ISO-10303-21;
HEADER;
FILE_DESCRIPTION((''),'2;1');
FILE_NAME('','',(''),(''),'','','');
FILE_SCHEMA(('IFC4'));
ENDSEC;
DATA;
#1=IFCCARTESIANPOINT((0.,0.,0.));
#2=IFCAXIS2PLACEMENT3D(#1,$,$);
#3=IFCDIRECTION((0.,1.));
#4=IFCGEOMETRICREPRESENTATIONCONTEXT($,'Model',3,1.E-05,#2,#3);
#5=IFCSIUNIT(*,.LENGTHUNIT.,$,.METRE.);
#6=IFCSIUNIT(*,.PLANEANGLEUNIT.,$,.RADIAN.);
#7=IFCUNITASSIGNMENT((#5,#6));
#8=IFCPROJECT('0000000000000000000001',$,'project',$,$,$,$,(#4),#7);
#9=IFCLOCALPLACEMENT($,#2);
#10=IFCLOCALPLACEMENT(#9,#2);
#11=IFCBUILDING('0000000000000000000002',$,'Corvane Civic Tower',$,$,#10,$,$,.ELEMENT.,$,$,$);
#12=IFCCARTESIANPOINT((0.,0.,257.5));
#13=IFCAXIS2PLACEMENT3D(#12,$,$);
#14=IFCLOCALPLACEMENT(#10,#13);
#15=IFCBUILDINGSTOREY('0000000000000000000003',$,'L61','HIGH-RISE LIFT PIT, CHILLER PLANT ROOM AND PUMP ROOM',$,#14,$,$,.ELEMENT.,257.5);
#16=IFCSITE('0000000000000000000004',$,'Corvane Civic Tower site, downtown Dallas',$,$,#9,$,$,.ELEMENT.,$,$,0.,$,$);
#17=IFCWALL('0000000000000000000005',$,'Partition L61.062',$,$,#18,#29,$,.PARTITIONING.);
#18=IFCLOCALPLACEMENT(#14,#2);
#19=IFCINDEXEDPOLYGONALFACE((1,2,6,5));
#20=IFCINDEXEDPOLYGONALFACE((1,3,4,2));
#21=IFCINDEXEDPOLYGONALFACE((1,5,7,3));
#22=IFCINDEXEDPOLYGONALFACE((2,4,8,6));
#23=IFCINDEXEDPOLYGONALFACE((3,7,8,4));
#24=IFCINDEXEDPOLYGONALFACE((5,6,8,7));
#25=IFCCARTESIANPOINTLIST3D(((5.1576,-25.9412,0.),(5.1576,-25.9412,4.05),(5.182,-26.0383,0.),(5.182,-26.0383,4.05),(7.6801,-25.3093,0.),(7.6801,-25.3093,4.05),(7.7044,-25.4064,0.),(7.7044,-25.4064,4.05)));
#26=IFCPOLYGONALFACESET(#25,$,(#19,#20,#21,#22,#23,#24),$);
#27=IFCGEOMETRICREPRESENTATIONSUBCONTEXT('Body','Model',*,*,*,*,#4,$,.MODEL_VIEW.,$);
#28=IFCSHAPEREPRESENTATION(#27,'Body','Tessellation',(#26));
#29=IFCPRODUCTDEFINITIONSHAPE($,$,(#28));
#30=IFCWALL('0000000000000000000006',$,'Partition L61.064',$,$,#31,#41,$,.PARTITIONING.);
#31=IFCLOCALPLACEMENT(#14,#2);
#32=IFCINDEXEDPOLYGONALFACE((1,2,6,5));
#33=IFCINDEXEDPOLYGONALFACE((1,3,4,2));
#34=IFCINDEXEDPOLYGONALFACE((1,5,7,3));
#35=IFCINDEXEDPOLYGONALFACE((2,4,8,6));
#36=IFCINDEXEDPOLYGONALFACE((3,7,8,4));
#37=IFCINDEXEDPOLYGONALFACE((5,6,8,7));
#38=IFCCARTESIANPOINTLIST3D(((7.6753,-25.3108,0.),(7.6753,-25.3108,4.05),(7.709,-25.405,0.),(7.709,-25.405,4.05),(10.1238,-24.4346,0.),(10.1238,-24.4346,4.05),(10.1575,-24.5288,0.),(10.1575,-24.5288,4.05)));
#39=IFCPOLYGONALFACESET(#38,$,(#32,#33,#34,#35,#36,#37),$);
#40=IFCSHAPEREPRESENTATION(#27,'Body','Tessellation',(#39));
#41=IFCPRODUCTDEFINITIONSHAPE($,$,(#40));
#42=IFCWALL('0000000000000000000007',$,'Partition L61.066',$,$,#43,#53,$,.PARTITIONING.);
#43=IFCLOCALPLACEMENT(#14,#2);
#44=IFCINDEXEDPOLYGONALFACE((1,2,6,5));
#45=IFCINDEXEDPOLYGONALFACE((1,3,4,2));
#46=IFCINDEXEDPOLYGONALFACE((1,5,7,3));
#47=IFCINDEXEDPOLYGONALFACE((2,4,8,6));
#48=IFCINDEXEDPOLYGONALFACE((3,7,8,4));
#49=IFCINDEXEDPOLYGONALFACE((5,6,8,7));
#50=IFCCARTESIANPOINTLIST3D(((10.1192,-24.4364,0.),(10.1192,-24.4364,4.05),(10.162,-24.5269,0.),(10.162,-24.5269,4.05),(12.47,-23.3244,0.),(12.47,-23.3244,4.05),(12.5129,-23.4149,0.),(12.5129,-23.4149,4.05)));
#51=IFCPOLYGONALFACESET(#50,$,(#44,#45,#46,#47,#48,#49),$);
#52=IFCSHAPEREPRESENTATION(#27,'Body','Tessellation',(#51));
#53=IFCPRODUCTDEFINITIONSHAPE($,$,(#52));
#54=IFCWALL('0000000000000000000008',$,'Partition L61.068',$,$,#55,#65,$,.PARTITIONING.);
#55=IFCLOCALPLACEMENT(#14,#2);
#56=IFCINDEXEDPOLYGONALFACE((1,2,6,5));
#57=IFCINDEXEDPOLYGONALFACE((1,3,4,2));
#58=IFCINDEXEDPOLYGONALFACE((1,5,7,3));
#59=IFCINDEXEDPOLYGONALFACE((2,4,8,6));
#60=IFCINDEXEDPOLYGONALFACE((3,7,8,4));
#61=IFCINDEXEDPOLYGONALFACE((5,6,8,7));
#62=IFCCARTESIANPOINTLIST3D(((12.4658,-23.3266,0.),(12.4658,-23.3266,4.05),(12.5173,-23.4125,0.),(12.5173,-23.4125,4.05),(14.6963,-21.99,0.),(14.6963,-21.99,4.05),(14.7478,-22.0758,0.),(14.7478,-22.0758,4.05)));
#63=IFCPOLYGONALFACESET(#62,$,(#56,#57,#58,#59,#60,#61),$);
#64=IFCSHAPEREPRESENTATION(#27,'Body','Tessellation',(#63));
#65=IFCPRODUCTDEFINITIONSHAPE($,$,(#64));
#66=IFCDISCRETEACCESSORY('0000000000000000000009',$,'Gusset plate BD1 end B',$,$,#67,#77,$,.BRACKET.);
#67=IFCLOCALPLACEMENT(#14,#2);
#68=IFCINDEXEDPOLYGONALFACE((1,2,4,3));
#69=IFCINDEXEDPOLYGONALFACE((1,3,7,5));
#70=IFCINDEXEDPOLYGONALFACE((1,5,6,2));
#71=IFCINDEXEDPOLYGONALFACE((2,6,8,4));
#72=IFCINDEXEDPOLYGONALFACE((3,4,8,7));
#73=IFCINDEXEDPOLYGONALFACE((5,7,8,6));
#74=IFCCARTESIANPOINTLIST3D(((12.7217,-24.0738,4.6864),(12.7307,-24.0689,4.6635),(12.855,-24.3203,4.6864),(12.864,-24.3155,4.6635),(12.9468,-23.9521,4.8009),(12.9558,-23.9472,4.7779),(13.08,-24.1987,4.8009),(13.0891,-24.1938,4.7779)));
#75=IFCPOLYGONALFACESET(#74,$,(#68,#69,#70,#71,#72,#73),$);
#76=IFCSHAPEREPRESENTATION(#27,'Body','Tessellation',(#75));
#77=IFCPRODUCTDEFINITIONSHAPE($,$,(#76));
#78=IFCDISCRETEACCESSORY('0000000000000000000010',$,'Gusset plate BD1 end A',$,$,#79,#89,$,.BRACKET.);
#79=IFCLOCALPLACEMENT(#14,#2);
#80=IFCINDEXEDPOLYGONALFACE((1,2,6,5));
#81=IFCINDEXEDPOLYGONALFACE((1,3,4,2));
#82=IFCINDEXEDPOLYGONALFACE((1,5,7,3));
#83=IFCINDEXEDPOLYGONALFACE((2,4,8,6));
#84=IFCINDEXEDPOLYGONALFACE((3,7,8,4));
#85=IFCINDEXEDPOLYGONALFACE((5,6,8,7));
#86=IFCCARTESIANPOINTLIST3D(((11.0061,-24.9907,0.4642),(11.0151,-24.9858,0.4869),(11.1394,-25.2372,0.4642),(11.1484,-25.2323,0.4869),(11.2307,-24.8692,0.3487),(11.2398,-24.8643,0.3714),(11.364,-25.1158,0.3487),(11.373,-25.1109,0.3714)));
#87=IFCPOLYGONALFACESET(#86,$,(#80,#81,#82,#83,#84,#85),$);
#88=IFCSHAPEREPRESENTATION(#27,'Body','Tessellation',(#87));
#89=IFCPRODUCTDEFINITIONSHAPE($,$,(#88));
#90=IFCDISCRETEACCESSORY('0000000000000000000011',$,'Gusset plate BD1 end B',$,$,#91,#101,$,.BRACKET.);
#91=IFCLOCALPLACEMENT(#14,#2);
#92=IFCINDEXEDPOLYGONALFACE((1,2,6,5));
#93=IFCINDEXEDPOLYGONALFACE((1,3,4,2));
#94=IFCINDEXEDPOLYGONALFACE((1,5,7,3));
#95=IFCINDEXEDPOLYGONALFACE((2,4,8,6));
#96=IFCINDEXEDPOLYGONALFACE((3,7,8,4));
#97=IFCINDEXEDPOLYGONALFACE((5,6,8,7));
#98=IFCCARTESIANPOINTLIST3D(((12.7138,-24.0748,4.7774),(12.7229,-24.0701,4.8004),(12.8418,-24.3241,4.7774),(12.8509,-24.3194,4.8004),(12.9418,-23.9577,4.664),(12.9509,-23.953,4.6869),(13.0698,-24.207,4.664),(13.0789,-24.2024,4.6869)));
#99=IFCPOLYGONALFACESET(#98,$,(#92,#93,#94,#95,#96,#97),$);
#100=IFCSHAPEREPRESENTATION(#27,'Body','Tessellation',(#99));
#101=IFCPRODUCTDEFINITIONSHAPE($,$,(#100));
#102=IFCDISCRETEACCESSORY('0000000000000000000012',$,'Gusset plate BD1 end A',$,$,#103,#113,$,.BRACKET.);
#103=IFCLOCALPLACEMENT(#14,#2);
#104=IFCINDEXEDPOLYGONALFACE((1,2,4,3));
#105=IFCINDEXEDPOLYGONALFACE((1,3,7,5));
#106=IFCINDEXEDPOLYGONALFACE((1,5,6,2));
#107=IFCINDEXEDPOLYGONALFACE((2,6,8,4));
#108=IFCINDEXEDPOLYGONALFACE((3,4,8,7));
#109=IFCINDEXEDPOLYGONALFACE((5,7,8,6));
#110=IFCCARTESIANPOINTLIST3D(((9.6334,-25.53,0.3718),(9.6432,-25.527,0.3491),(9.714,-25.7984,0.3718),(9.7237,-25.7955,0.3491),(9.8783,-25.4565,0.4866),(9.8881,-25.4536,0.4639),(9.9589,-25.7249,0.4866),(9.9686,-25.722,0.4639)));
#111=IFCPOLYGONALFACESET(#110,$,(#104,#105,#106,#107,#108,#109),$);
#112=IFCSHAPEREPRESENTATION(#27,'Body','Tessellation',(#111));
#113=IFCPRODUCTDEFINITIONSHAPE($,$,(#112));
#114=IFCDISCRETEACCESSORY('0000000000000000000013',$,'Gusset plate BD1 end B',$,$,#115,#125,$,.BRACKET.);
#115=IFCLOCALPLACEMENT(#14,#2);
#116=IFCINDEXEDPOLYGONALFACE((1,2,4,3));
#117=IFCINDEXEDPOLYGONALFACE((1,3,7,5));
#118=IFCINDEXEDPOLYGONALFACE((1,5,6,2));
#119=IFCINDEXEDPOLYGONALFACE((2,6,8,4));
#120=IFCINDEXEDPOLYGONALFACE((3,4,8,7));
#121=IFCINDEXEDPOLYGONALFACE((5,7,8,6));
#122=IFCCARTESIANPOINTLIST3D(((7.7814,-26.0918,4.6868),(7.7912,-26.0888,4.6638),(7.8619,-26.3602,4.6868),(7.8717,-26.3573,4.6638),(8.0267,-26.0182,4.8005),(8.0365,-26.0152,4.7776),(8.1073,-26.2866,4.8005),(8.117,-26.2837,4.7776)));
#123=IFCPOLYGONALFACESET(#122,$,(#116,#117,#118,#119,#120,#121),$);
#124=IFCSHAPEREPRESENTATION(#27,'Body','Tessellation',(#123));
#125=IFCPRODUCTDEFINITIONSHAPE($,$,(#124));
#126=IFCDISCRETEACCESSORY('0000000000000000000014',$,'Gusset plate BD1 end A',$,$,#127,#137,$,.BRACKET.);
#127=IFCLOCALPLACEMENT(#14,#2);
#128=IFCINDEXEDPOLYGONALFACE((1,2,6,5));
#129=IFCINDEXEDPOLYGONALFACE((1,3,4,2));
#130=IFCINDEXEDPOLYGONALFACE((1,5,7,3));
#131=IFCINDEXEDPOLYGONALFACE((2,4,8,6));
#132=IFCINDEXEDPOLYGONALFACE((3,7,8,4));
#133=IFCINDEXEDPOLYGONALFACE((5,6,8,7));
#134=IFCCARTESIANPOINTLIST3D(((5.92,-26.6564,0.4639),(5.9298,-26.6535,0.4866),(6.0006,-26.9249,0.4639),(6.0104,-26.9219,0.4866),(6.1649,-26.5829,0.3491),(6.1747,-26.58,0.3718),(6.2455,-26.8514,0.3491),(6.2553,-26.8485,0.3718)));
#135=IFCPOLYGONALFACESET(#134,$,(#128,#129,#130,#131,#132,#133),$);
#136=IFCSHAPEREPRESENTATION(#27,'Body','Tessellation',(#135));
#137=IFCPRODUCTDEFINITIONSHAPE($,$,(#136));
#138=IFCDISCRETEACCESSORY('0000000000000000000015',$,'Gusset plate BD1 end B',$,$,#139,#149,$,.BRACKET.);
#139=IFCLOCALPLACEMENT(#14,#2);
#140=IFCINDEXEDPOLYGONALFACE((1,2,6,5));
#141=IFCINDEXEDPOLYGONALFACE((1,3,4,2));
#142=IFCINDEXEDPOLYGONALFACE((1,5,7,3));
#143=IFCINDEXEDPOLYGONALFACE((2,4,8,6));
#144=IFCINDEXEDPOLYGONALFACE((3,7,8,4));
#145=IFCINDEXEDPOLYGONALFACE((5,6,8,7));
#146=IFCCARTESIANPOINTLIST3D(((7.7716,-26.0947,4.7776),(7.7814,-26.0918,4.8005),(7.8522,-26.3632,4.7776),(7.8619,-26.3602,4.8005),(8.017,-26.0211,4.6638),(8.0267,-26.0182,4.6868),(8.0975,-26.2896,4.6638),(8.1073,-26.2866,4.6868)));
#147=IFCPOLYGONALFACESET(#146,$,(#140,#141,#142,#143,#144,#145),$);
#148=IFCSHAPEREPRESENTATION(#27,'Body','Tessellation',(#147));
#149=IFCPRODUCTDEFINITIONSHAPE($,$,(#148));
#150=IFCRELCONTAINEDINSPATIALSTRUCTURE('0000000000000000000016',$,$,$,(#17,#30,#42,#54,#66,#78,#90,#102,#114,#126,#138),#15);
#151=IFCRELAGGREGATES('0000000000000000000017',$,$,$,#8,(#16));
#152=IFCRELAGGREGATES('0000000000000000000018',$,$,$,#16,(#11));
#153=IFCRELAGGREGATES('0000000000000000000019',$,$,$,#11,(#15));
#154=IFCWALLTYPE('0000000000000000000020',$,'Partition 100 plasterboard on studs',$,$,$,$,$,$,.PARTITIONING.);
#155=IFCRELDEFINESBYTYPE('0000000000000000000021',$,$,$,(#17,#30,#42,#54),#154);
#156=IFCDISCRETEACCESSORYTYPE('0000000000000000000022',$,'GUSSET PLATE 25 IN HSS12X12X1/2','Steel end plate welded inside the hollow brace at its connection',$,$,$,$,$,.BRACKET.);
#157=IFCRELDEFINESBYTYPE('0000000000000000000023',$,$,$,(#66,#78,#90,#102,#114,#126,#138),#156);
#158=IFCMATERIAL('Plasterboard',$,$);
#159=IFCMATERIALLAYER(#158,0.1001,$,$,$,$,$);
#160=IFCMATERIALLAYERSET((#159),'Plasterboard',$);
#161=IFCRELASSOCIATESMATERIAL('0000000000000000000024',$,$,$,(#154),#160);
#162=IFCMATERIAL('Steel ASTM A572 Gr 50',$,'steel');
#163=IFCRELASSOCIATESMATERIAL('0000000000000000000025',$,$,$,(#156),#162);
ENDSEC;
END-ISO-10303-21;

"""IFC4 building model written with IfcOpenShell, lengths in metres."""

from ifc_helpers import new_model, si_unit, direction, frame, frame_2d, origin, origin_2d, place, context, subcontext, project, spatial, rectangle, extrude, material, layer, layer_set, material_profile, profile_set, type_object, element, save


model = new_model("IFC4")

# Units and contexts
model_context = context("Model", 3, precision=1e-05, world=origin(), true_north=direction((0.0, 1.0)))
body_context = subcontext(model_context, "Body", "Model", "MODEL_VIEW")
ifc_project = project(units=[si_unit("LENGTHUNIT", "METRE"), si_unit("PLANEANGLEUNIT", "RADIAN")], contexts=[model_context])

# Site, building, storey
site_placement = place(None, origin())
site = spatial("IfcSite", under=ifc_project, at=site_placement, Name="Corvane Civic Tower site, downtown Dallas", CompositionType="ELEMENT", RefElevation=0.0)
building_placement = place(site_placement, origin())
building = spatial("IfcBuilding", under=site, at=building_placement, Name="Corvane Civic Tower", CompositionType="ELEMENT")
storey_placement = place(building_placement, frame((0.0, 0.0, 257.5)))
storey = spatial("IfcBuildingStorey", under=building, at=storey_placement, Name="L61", Description="HIGH-RISE LIFT PIT, CHILLER PLANT ROOM AND PUMP ROOM", CompositionType="ELEMENT", Elevation=257.5)

# Walls
ifc_material_1 = material(Name="Plasterboard")
ifc_layer = layer(ifc_material_1, 0.1001)
ifc_layer_set = layer_set([ifc_layer], Name="Plasterboard")
wall_type = type_object("IfcWallType", Name="Partition 100 plasterboard on studs", PredefinedType="PARTITIONING", material=ifc_layer_set)
wall_1_placement = place(storey_placement, frame((5.1697, -25.9897, 0.0), z_axis=(0.0, 0.0, 1.0), x_axis=(0.970032, 0.242977, 0.0)))
element("IfcWall", 1, at=wall_1_placement, inside=storey, type_object=wall_type, Name="Partition L61.062", PredefinedType="PARTITIONING", context=body_context, shape_type="SweptSolid", body=[
    extrude(rectangle(XDim=2.6003, YDim=0.1001, at=frame_2d((1.3003, 0.0))), origin(), (0.0, 0.0, 1.0), 4.05),
])
for number, where, z_axis, x_axis, name in (
    (2, (7.6921, -25.3579, 0.0), (0.0, 0.0, 1.0), (0.941527, 0.336937, 0.0), "Partition L61.064"),
    (3, (10.1406, -24.4817, 0.0), (0.0, 0.0, 1.0), (0.903959, 0.427618, 0.0), "Partition L61.066"),
):
    element("IfcWall", number, at=place(storey_placement, frame(where, z_axis=z_axis, x_axis=x_axis)), inside=storey, type_object=wall_type, Name=name, PredefinedType="PARTITIONING", context=body_context, shape_type="SweptSolid", body=[
        extrude(rectangle(XDim=2.6006, YDim=0.1001, at=frame_2d((1.3003, 0.0))), origin(), (0.0, 0.0, 1.0), 4.05),
    ])
wall_2_placement = place(storey_placement, frame((12.4915, -23.3696, 0.0), z_axis=(0.0, 0.0, 1.0), x_axis=(0.857766, 0.51404, 0.0)))
element("IfcWall", 4, at=wall_2_placement, inside=storey, type_object=wall_type, Name="Partition L61.068", PredefinedType="PARTITIONING", context=body_context, shape_type="SweptSolid", body=[
    extrude(rectangle(XDim=2.6003, YDim=0.1001, at=frame_2d((1.3003, 0.0))), origin(), (0.0, 0.0, 1.0), 4.05),
])

# Discrete accessories
ifc_material_2 = material(Name="Steel ASTM A572 Gr 50", Category="steel")
ifc_material_profile_1 = material_profile(ifc_material_2, rectangle(XDim=0.2803, YDim=0.2803, at=origin_2d()), Name="GUSSET PLATE 25 IN HSS12X12X1/2")
ifc_profile_set_1 = profile_set([ifc_material_profile_1], Name="Steel ASTM A572 Gr 50")
discrete_accessory_type = type_object("IfcDiscreteAccessoryType", Name="GUSSET PLATE 25 IN HSS12X12X1/2", Description="Steel end plate welded inside the hollow brace at its connection", PredefinedType="BRACKET", material=ifc_profile_set_1)
discrete_accessory_1_placement = place(storey_placement, frame((12.9009, -24.1362, 4.7437), z_axis=(0.359291, 0.194211, -0.912793), x_axis=(-0.475517, 0.879707, 0.0)))
element("IfcDiscreteAccessory", 5, at=discrete_accessory_1_placement, inside=storey, type_object=discrete_accessory_type, Name="Gusset plate BD1 end B", PredefinedType="BRACKET", context=body_context, shape_type="SweptSolid", body=[
    extrude(rectangle(XDim=0.2803, YDim=0.2803, at=origin_2d()), origin(), (0.0, 0.0, 1.0), 0.0251),
])
discrete_accessory_2_placement = place(storey_placement, frame((11.1851, -25.0532, 0.4065), z_axis=(0.362501, 0.195947, 0.911152), x_axis=(-0.475517, 0.879707, 0.0)))
element("IfcDiscreteAccessory", 6, at=discrete_accessory_2_placement, inside=storey, type_object=discrete_accessory_type, Name="Gusset plate BD1 end A", PredefinedType="BRACKET", context=body_context, shape_type="SweptSolid", body=[
    extrude(rectangle(XDim=0.2803, YDim=0.2803, at=origin_2d()), origin(), (0.0, 0.0, 1.0), 0.0249),
])
discrete_accessory_3_placement = place(storey_placement, frame((12.9009, -24.1362, 4.7437), z_axis=(-0.359954, -0.184841, -0.914477), x_axis=(0.456805, -0.889567, 0.0)))
element("IfcDiscreteAccessory", 7, at=discrete_accessory_3_placement, inside=storey, type_object=discrete_accessory_type, Name="Gusset plate BD1 end B", PredefinedType="BRACKET", context=body_context, shape_type="SweptSolid", body=[
    extrude(rectangle(XDim=0.2803, YDim=0.2803, at=origin_2d()), origin(), (0.0, 0.0, 1.0), 0.0251),
])
discrete_accessory_4_placement = place(storey_placement, frame((9.8059, -25.6245, 0.4065), z_axis=(-0.392364, -0.117709, 0.912247), x_axis=(0.287348, -0.957826, 0.0)))
element("IfcDiscreteAccessory", 8, at=discrete_accessory_4_placement, inside=storey, type_object=discrete_accessory_type, Name="Gusset plate BD1 end A", PredefinedType="BRACKET", context=body_context, shape_type="SweptSolid", body=[
    extrude(rectangle(XDim=0.2803, YDim=0.2803, at=origin_2d()), origin(), (0.0, 0.0, 1.0), 0.0249),
])
discrete_accessory_5_placement = place(storey_placement, frame((7.9443, -26.1892, 4.7437), z_axis=(0.388881, 0.116664, -0.913871), x_axis=(-0.287348, 0.957826, 0.0)))
element("IfcDiscreteAccessory", 9, at=discrete_accessory_5_placement, inside=storey, type_object=discrete_accessory_type, Name="Gusset plate BD1 end B", PredefinedType="BRACKET", context=body_context, shape_type="SweptSolid", body=[
    extrude(rectangle(XDim=0.2803, YDim=0.2803, at=origin_2d()), origin(), (0.0, 0.0, 1.0), 0.0251),
])
discrete_accessory_6_placement = place(storey_placement, frame((6.0828, -26.7539, 0.4065), z_axis=(0.392364, 0.117709, 0.912247), x_axis=(-0.287348, 0.957826, 0.0)))
element("IfcDiscreteAccessory", 10, at=discrete_accessory_6_placement, inside=storey, type_object=discrete_accessory_type, Name="Gusset plate BD1 end A", PredefinedType="BRACKET", context=body_context, shape_type="SweptSolid", body=[
    extrude(rectangle(XDim=0.2803, YDim=0.2803, at=origin_2d()), origin(), (0.0, 0.0, 1.0), 0.0249),
])
discrete_accessory_7_placement = place(storey_placement, frame((7.9443, -26.1892, 4.7437), z_axis=(-0.388881, -0.116664, -0.913871), x_axis=(0.287348, -0.957826, 0.0)))
element("IfcDiscreteAccessory", 11, at=discrete_accessory_7_placement, inside=storey, type_object=discrete_accessory_type, Name="Gusset plate BD1 end B", PredefinedType="BRACKET", context=body_context, shape_type="SweptSolid", body=[
    extrude(rectangle(XDim=0.2803, YDim=0.2803, at=origin_2d()), origin(), (0.0, 0.0, 1.0), 0.0251),
])

save(model, "model.ifc")
